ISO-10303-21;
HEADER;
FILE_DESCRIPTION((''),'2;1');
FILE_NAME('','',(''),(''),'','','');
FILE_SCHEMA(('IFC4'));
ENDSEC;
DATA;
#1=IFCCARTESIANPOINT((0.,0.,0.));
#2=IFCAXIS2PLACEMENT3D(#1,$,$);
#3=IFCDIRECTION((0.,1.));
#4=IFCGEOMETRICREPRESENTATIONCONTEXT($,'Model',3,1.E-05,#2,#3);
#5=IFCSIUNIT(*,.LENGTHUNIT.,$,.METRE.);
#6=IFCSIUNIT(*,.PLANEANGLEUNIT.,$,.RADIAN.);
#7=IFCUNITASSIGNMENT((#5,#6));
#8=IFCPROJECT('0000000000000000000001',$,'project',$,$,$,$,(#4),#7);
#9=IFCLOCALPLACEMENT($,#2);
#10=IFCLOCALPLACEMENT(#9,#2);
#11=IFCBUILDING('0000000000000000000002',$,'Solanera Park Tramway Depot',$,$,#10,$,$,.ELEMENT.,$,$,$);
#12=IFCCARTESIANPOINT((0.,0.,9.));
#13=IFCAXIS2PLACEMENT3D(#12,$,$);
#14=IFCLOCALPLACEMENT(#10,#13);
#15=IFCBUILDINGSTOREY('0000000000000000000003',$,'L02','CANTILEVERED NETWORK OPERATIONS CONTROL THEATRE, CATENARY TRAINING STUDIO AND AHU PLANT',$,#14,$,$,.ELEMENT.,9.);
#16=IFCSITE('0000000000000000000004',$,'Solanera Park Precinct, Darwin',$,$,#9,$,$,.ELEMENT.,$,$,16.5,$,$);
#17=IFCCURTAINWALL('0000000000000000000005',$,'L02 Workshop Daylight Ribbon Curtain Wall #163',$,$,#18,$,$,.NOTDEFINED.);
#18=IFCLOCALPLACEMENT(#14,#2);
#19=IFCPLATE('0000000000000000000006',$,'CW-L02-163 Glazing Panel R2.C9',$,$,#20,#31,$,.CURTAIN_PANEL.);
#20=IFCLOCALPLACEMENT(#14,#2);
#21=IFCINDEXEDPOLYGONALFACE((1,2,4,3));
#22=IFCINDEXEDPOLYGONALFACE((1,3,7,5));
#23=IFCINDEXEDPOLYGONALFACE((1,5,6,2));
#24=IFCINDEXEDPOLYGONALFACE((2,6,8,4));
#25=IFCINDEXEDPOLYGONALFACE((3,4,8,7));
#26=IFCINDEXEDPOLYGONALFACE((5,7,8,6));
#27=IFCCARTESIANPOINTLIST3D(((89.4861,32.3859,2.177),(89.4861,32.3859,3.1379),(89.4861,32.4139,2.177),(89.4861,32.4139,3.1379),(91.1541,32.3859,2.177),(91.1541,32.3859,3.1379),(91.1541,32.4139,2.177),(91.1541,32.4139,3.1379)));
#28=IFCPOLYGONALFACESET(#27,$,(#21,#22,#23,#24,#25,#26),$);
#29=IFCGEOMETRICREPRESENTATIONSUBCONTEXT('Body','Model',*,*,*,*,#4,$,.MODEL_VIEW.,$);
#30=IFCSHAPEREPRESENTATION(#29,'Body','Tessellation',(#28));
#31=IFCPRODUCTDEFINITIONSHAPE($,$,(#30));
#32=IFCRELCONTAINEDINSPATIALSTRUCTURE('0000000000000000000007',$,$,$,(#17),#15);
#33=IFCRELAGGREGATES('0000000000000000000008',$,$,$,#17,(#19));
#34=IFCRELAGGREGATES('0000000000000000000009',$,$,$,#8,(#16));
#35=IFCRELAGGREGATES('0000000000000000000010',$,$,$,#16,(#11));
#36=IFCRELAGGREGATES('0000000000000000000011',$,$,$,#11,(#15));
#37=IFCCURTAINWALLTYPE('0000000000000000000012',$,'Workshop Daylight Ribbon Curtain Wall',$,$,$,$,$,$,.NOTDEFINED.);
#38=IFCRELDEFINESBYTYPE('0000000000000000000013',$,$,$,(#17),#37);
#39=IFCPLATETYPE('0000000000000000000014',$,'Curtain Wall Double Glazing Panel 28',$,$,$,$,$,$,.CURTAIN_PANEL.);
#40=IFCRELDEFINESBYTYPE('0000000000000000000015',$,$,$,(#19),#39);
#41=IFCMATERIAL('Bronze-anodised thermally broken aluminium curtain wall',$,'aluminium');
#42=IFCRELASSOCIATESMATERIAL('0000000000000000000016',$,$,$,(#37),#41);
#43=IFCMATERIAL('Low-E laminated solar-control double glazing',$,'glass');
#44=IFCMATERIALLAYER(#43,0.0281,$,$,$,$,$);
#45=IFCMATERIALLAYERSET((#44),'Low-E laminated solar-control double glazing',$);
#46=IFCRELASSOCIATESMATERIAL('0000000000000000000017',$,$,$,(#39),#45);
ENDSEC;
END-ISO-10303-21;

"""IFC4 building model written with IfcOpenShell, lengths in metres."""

from ifc_helpers import new_model, si_unit, direction, frame, origin, origin_2d, place, context, subcontext, project, spatial, rectangle, extrude, material, layer, layer_set, type_object, element, aggregate, save


model = new_model("IFC4")

# Units and contexts
model_context = context("Model", 3, precision=1e-05, world=origin(), true_north=direction((0.0, 1.0)))
body_context = subcontext(model_context, "Body", "Model", "MODEL_VIEW")
ifc_project = project(units=[si_unit("LENGTHUNIT", "METRE"), si_unit("PLANEANGLEUNIT", "RADIAN")], contexts=[model_context])

# Site, building, storey
site_placement = place(None, origin())
site = spatial("IfcSite", under=ifc_project, at=site_placement, Name="Solanera Park Precinct, Darwin", CompositionType="ELEMENT", RefElevation=16.5)
building_placement = place(site_placement, origin())
building = spatial("IfcBuilding", under=site, at=building_placement, Name="Solanera Park Tramway Depot", CompositionType="ELEMENT")
storey_placement = place(building_placement, frame((0.0, 0.0, 9.0)))
storey = spatial("IfcBuildingStorey", under=building, at=storey_placement, Name="L02", Description="CANTILEVERED NETWORK OPERATIONS CONTROL THEATRE, CATENARY TRAINING STUDIO AND AHU PLANT", CompositionType="ELEMENT", Elevation=9.0)

# Curtain wall, plate
ifc_material_1 = material(Name="Bronze-anodised thermally broken aluminium curtain wall", Category="aluminium")
curtain_wall_type = type_object("IfcCurtainWallType", Name="Workshop Daylight Ribbon Curtain Wall", PredefinedType="NOTDEFINED", material=ifc_material_1)
curtain_wall_placement = place(storey_placement, origin())
curtain_wall = element("IfcCurtainWall", 1, at=curtain_wall_placement, inside=storey, type_object=curtain_wall_type, Name="L02 Workshop Daylight Ribbon Curtain Wall #163", PredefinedType="NOTDEFINED")
ifc_material_2 = material(Name="Low-E laminated solar-control double glazing", Category="glass")
ifc_layer = layer(ifc_material_2, 0.0281)
ifc_layer_set = layer_set([ifc_layer], Name="Low-E laminated solar-control double glazing")
plate_type = type_object("IfcPlateType", Name="Curtain Wall Double Glazing Panel 28", PredefinedType="CURTAIN_PANEL", material=ifc_layer_set)
plate_1_placement = place(storey_placement, frame((90.3201, 32.3999, 2.177), z_axis=(0.0, 0.0, 1.0), x_axis=(1.0, 0.0, 0.0)))
plate_1 = element("IfcPlate", 2, at=plate_1_placement, type_object=plate_type, Name="CW-L02-163 Glazing Panel R2.C9", PredefinedType="CURTAIN_PANEL", context=body_context, shape_type="SweptSolid", body=[
    extrude(rectangle(XDim=1.668, YDim=0.0281, at=origin_2d()), origin(), (0.0, 0.0, 1.0), 0.9609),
])
aggregate(curtain_wall, [plate_1])

save(model, "model.ifc")
